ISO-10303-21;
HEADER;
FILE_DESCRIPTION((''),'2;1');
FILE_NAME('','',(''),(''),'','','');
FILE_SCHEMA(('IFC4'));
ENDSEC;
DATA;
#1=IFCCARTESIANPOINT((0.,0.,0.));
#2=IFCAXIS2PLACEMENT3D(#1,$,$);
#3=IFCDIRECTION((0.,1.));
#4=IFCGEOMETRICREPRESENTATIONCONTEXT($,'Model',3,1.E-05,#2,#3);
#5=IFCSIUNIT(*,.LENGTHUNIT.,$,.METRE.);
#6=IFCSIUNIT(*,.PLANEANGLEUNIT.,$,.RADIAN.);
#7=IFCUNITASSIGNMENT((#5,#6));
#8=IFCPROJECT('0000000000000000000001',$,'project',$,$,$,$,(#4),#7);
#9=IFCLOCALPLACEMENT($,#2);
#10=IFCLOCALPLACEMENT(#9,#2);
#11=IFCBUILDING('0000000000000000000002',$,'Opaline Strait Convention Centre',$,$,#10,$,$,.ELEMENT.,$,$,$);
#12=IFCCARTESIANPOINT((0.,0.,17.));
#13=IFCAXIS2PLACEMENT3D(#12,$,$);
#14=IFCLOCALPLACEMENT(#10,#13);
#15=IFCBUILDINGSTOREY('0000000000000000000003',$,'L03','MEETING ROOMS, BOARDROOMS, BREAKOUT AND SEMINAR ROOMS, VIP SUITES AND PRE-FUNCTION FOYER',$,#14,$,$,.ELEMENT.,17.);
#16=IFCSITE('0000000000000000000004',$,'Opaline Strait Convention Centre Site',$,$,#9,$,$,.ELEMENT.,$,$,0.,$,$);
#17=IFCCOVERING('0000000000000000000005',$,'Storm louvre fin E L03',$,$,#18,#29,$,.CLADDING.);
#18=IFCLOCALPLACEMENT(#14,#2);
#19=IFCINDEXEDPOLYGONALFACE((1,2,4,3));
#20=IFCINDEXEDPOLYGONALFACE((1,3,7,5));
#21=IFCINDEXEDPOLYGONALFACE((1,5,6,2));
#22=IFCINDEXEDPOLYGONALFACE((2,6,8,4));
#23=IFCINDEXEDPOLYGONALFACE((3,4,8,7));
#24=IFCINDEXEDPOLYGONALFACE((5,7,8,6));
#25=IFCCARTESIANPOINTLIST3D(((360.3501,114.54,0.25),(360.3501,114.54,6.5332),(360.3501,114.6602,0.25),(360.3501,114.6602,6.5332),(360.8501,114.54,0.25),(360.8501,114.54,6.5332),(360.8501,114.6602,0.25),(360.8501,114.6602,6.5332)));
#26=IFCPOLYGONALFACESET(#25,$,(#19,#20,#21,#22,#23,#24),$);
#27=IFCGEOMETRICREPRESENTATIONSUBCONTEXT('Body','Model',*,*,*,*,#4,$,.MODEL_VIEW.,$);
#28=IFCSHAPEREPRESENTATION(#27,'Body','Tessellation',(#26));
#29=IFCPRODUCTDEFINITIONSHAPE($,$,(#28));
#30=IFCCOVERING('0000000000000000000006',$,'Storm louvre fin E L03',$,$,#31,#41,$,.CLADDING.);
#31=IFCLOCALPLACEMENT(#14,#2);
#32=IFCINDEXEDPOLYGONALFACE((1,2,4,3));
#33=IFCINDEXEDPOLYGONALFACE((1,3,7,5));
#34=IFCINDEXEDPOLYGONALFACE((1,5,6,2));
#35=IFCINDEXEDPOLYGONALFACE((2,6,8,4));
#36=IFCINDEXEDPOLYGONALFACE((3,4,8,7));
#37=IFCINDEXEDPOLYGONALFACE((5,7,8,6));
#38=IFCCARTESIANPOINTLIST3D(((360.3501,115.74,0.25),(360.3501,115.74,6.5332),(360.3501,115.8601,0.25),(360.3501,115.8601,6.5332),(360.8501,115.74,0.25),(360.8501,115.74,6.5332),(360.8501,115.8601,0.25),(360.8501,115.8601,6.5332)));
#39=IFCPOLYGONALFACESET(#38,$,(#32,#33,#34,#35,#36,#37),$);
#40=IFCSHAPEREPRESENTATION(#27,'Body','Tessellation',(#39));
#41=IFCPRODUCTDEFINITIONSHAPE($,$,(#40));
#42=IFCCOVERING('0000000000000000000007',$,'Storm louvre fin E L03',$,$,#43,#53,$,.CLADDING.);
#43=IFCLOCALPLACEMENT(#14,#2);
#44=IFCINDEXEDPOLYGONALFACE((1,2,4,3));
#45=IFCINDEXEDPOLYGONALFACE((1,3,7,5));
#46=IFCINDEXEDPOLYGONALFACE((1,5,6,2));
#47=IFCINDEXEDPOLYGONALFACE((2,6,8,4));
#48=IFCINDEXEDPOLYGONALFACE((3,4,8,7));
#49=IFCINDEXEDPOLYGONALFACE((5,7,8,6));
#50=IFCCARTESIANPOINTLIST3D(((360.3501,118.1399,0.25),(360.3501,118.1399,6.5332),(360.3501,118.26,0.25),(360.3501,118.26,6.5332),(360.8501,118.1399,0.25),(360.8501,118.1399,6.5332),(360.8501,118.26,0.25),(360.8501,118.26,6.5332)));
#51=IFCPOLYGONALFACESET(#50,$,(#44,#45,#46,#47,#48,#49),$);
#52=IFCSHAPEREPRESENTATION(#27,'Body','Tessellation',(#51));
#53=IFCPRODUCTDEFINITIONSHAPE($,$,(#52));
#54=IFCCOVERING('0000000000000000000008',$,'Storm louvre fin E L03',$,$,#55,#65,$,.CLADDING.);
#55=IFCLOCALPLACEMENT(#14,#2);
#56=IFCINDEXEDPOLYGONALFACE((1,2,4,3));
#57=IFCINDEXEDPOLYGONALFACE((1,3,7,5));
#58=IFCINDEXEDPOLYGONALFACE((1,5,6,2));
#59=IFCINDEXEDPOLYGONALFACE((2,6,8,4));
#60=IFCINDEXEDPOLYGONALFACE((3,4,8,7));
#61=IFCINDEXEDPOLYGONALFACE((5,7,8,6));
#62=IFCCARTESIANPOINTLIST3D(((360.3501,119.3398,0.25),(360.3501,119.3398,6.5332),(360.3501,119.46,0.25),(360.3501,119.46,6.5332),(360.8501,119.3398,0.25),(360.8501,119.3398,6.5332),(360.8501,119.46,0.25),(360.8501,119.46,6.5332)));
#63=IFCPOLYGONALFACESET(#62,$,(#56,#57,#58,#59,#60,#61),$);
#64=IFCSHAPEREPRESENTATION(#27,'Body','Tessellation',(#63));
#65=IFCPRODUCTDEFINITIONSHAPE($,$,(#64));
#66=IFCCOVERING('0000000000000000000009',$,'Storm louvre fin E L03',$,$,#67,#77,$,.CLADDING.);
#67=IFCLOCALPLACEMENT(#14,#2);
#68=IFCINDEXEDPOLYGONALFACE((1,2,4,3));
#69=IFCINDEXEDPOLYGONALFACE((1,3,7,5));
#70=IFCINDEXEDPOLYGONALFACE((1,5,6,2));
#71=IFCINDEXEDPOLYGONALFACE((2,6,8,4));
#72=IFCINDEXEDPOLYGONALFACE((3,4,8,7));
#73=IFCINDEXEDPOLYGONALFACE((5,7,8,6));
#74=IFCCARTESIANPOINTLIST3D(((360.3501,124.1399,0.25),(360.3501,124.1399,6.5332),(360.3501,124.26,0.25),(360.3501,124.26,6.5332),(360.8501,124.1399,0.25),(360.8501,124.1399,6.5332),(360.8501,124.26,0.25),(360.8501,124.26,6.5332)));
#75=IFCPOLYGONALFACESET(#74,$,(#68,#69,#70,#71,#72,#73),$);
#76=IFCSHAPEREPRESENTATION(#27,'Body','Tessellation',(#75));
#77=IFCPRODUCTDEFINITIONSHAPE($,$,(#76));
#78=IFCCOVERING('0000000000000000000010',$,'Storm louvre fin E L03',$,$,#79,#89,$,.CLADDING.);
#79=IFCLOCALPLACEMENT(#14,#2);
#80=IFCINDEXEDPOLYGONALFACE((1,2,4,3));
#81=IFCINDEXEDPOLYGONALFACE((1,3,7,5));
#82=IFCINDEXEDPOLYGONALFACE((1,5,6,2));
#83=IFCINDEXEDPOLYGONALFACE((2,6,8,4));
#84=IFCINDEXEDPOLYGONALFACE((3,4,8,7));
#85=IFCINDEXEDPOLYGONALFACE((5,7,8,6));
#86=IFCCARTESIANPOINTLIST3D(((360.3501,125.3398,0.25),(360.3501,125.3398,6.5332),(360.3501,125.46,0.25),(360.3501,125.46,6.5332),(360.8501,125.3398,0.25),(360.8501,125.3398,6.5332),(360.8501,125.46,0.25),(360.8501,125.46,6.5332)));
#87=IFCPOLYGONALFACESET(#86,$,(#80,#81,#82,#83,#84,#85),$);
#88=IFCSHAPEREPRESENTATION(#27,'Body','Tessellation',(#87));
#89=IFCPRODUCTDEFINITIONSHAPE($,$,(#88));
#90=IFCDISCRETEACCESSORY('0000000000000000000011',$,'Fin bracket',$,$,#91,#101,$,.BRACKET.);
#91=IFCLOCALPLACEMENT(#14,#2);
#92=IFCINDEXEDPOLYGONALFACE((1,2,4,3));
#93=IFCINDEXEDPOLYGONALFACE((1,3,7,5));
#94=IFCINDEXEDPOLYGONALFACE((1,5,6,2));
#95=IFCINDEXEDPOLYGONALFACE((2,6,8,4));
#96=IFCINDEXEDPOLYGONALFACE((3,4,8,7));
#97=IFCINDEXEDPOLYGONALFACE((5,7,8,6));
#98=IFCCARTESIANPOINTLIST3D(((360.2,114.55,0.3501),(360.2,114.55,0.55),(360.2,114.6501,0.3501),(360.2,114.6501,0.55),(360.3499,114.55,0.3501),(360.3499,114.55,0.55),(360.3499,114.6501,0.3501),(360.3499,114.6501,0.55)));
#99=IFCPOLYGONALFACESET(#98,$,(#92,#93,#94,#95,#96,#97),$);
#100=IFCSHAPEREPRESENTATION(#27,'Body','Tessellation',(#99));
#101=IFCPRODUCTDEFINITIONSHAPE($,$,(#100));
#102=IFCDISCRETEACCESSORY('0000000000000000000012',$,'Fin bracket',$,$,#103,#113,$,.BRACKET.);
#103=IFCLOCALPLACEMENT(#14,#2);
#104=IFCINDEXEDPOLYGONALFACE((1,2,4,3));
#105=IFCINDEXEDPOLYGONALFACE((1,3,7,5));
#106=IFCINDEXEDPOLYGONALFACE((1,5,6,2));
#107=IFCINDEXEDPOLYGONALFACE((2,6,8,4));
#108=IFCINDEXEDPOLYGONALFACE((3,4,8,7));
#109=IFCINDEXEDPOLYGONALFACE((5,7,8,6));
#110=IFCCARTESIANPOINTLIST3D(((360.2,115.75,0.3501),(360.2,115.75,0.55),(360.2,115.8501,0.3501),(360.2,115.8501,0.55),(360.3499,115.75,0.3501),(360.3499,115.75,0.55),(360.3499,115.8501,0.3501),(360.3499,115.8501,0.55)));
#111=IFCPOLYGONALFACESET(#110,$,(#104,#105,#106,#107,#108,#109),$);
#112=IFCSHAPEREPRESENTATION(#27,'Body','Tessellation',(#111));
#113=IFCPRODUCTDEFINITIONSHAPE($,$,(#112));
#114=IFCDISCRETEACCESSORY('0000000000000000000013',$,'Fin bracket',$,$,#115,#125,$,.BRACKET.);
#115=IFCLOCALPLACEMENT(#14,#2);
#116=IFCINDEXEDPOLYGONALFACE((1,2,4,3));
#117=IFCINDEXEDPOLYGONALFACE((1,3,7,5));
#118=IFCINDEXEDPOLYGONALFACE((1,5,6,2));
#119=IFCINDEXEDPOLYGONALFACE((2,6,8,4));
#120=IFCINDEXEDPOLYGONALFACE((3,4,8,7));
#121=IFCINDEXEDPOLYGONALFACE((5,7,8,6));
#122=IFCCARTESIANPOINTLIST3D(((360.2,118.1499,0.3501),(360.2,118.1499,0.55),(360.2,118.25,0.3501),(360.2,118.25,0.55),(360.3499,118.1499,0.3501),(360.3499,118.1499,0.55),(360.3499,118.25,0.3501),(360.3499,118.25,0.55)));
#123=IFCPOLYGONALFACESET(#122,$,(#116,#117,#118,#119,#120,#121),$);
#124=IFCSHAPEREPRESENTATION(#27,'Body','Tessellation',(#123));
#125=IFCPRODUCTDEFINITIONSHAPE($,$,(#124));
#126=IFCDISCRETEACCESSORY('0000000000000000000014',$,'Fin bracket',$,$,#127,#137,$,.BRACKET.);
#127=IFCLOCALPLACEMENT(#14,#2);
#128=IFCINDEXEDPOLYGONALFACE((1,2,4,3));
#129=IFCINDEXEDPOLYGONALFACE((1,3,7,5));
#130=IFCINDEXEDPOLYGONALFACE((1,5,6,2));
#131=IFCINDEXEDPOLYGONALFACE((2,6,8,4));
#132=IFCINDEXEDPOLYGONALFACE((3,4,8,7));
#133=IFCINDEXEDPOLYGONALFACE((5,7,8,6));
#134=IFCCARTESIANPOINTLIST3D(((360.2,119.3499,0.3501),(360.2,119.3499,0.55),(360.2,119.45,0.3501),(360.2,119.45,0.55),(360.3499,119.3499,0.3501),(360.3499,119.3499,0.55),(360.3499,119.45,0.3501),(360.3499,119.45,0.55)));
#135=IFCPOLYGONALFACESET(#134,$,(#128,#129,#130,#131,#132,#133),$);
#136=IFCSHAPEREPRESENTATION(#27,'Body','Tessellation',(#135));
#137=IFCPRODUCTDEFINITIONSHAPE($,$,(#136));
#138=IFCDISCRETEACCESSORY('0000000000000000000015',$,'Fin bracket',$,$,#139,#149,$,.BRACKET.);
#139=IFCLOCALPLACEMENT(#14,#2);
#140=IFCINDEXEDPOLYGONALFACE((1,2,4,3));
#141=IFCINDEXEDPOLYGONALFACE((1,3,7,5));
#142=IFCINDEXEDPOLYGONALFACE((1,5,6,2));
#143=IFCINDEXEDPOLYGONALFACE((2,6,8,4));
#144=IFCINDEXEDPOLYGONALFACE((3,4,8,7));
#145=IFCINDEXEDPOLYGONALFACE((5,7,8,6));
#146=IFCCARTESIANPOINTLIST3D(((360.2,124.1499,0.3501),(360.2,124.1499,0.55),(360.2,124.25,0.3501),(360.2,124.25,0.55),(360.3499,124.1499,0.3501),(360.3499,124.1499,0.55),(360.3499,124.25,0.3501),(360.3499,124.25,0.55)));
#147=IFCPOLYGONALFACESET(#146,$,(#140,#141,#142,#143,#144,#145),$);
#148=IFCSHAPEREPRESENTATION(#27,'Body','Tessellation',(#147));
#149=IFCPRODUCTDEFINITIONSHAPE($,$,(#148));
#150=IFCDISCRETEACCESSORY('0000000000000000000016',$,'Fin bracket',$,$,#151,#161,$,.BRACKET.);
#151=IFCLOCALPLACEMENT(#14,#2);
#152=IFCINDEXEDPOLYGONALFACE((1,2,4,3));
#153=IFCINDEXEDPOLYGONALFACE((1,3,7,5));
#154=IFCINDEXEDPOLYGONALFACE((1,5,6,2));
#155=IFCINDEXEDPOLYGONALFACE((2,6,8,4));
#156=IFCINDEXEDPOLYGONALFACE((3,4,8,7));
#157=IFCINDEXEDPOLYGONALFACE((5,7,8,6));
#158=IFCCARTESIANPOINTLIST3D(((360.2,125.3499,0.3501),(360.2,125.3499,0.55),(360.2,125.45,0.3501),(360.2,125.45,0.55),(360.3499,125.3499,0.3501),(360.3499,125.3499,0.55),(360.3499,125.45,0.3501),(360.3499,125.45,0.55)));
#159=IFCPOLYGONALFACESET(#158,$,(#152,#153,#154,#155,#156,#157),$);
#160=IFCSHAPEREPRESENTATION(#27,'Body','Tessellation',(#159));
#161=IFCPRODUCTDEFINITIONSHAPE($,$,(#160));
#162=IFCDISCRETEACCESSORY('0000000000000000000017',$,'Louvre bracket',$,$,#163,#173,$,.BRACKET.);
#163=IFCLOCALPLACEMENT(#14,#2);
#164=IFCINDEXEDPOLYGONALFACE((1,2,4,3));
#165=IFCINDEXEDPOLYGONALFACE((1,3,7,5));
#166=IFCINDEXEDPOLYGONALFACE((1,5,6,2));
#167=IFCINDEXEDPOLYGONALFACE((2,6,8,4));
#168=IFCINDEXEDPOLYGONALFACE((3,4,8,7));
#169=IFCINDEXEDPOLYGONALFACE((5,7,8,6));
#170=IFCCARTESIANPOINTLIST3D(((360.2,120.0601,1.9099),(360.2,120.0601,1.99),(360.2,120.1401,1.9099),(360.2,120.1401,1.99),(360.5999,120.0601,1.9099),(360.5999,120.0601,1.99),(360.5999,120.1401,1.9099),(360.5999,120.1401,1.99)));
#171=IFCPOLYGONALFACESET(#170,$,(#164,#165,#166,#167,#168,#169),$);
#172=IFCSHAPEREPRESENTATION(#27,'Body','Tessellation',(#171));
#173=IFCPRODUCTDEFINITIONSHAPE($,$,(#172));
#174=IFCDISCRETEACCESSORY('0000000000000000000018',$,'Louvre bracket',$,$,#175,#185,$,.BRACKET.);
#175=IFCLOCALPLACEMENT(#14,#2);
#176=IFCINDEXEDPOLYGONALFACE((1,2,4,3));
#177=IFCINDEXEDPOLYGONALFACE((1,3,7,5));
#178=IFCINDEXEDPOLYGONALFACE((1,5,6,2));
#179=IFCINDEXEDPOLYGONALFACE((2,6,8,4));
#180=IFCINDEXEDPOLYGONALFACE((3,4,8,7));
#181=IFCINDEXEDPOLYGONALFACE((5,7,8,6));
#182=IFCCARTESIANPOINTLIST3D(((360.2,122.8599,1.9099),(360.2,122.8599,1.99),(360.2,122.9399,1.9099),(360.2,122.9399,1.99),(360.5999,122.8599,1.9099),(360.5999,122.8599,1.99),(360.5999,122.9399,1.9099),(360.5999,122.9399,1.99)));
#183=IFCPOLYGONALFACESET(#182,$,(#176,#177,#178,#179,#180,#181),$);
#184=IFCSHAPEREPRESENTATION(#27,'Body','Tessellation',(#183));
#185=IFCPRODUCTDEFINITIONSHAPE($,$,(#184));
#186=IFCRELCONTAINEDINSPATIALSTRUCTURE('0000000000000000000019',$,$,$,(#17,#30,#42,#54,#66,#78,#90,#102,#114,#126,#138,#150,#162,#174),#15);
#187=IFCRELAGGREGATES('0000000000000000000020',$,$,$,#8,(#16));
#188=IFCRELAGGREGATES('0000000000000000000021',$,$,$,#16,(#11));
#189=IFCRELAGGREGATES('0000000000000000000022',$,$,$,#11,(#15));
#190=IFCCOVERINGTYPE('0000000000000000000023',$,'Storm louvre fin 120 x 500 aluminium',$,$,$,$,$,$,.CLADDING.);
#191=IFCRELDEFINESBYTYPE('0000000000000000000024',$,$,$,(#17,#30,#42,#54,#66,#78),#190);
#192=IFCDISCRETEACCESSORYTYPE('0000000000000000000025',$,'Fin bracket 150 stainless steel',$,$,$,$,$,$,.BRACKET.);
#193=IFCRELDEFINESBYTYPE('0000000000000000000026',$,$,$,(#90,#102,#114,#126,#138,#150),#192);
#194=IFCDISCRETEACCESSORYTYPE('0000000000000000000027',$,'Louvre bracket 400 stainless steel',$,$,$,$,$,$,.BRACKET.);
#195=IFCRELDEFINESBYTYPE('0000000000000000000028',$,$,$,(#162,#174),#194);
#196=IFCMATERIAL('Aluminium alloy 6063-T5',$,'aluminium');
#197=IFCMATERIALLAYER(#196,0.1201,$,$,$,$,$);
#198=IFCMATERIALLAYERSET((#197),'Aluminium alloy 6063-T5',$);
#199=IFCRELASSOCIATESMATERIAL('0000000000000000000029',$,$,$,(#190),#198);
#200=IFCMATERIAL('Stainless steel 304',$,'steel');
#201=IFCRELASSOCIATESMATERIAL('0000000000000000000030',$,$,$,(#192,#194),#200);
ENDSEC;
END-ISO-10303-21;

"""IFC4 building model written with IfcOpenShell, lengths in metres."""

from ifc_helpers import new_model, si_unit, direction, frame, origin, origin_2d, place, context, subcontext, project, spatial, rectangle, extrude, material, layer, layer_set, type_object, element, save


model = new_model("IFC4")

# Units and contexts
model_context = context("Model", 3, precision=1e-05, world=origin(), true_north=direction((0.0, 1.0)))
body_context = subcontext(model_context, "Body", "Model", "MODEL_VIEW")
ifc_project = project(units=[si_unit("LENGTHUNIT", "METRE"), si_unit("PLANEANGLEUNIT", "RADIAN")], contexts=[model_context])

# Site, building, storey
site_placement = place(None, origin())
site = spatial("IfcSite", under=ifc_project, at=site_placement, Name="Opaline Strait Convention Centre Site", CompositionType="ELEMENT", RefElevation=0.0)
building_placement = place(site_placement, origin())
building = spatial("IfcBuilding", under=site, at=building_placement, Name="Opaline Strait Convention Centre", CompositionType="ELEMENT")
storey_placement = place(building_placement, frame((0.0, 0.0, 17.0)))
storey = spatial("IfcBuildingStorey", under=building, at=storey_placement, Name="L03", Description="MEETING ROOMS, BOARDROOMS, BREAKOUT AND SEMINAR ROOMS, VIP SUITES AND PRE-FUNCTION FOYER", CompositionType="ELEMENT", Elevation=17.0)

# Shared definitions
ifc_material_1 = material(Name="Aluminium alloy 6063-T5", Category="aluminium")

# Coverings
ifc_layer_1 = layer(ifc_material_1, 0.1201)
ifc_layer_set_1 = layer_set([ifc_layer_1], Name="Aluminium alloy 6063-T5")
covering_type = type_object("IfcCoveringType", Name="Storm louvre fin 120 x 500 aluminium", PredefinedType="CLADDING", material=ifc_layer_set_1)
for number, where, z_axis, x_axis, name in (
    (1, (360.6001, 114.6001, 0.25), (0.0, 0.0, 1.0), (1.0, 0.0, 0.0), "Storm louvre fin E L03"),
    (2, (360.6001, 115.8, 0.25), (0.0, 0.0, 1.0), (1.0, 0.0, 0.0), "Storm louvre fin E L03"),
    (3, (360.6001, 118.2, 0.25), (0.0, 0.0, 1.0), (1.0, 0.0, 0.0), "Storm louvre fin E L03"),
    (4, (360.6001, 119.3999, 0.25), (0.0, 0.0, 1.0), (1.0, 0.0, 0.0), "Storm louvre fin E L03"),
    (5, (360.6001, 124.2, 0.25), (0.0, 0.0, 1.0), (1.0, 0.0, 0.0), "Storm louvre fin E L03"),
    (6, (360.6001, 125.3999, 0.25), (0.0, 0.0, 1.0), (1.0, 0.0, 0.0), "Storm louvre fin E L03"),
):
    element("IfcCovering", number, at=place(storey_placement, frame(where, z_axis=z_axis, x_axis=x_axis)), inside=storey, type_object=covering_type, Name=name, PredefinedType="CLADDING", context=body_context, shape_type="SweptSolid", body=[
        extrude(rectangle(XDim=0.5, YDim=0.1201, at=origin_2d()), origin(), (0.0, 0.0, 1.0), 6.2832),
    ])

# Discrete accessories
ifc_material_2 = material(Name="Stainless steel 304", Category="steel")
discrete_accessory_type_1 = type_object("IfcDiscreteAccessoryType", Name="Fin bracket 150 stainless steel", PredefinedType="BRACKET", material=ifc_material_2)
for number, where, z_axis, x_axis, name in (
    (7, (360.2749, 114.6001, 0.3501), (0.0, 0.0, 1.0), (1.0, 0.0, 0.0), "Fin bracket"),
    (8, (360.2749, 115.8, 0.3501), (0.0, 0.0, 1.0), (1.0, 0.0, 0.0), "Fin bracket"),
    (9, (360.2749, 118.2, 0.3501), (0.0, 0.0, 1.0), (1.0, 0.0, 0.0), "Fin bracket"),
    (10, (360.2749, 119.3999, 0.3501), (0.0, 0.0, 1.0), (1.0, 0.0, 0.0), "Fin bracket"),
    (11, (360.2749, 124.2, 0.3501), (0.0, 0.0, 1.0), (1.0, 0.0, 0.0), "Fin bracket"),
    (12, (360.2749, 125.3999, 0.3501), (0.0, 0.0, 1.0), (1.0, 0.0, 0.0), "Fin bracket"),
):
    element("IfcDiscreteAccessory", number, at=place(storey_placement, frame(where, z_axis=z_axis, x_axis=x_axis)), inside=storey, type_object=discrete_accessory_type_1, Name=name, PredefinedType="BRACKET", context=body_context, shape_type="SweptSolid", body=[
        extrude(rectangle(XDim=0.1499, YDim=0.1001, at=origin_2d()), origin(), (0.0, 0.0, 1.0), 0.2),
    ])
discrete_accessory_type_2 = type_object("IfcDiscreteAccessoryType", Name="Louvre bracket 400 stainless steel", PredefinedType="BRACKET", material=ifc_material_2)
for number, where, z_axis, x_axis, name in (
    (13, (360.3999, 120.1001, 1.9099), (0.0, 0.0, 1.0), (1.0, 0.0, 0.0), "Louvre bracket"),
    (14, (360.3999, 122.8999, 1.9099), (0.0, 0.0, 1.0), (1.0, 0.0, 0.0), "Louvre bracket"),
):
    element("IfcDiscreteAccessory", number, at=place(storey_placement, frame(where, z_axis=z_axis, x_axis=x_axis)), inside=storey, type_object=discrete_accessory_type_2, Name=name, PredefinedType="BRACKET", context=body_context, shape_type="SweptSolid", body=[
        extrude(rectangle(XDim=0.3999, YDim=0.0801, at=origin_2d()), origin(), (0.0, 0.0, 1.0), 0.0801),
    ])

save(model, "model.ifc")
